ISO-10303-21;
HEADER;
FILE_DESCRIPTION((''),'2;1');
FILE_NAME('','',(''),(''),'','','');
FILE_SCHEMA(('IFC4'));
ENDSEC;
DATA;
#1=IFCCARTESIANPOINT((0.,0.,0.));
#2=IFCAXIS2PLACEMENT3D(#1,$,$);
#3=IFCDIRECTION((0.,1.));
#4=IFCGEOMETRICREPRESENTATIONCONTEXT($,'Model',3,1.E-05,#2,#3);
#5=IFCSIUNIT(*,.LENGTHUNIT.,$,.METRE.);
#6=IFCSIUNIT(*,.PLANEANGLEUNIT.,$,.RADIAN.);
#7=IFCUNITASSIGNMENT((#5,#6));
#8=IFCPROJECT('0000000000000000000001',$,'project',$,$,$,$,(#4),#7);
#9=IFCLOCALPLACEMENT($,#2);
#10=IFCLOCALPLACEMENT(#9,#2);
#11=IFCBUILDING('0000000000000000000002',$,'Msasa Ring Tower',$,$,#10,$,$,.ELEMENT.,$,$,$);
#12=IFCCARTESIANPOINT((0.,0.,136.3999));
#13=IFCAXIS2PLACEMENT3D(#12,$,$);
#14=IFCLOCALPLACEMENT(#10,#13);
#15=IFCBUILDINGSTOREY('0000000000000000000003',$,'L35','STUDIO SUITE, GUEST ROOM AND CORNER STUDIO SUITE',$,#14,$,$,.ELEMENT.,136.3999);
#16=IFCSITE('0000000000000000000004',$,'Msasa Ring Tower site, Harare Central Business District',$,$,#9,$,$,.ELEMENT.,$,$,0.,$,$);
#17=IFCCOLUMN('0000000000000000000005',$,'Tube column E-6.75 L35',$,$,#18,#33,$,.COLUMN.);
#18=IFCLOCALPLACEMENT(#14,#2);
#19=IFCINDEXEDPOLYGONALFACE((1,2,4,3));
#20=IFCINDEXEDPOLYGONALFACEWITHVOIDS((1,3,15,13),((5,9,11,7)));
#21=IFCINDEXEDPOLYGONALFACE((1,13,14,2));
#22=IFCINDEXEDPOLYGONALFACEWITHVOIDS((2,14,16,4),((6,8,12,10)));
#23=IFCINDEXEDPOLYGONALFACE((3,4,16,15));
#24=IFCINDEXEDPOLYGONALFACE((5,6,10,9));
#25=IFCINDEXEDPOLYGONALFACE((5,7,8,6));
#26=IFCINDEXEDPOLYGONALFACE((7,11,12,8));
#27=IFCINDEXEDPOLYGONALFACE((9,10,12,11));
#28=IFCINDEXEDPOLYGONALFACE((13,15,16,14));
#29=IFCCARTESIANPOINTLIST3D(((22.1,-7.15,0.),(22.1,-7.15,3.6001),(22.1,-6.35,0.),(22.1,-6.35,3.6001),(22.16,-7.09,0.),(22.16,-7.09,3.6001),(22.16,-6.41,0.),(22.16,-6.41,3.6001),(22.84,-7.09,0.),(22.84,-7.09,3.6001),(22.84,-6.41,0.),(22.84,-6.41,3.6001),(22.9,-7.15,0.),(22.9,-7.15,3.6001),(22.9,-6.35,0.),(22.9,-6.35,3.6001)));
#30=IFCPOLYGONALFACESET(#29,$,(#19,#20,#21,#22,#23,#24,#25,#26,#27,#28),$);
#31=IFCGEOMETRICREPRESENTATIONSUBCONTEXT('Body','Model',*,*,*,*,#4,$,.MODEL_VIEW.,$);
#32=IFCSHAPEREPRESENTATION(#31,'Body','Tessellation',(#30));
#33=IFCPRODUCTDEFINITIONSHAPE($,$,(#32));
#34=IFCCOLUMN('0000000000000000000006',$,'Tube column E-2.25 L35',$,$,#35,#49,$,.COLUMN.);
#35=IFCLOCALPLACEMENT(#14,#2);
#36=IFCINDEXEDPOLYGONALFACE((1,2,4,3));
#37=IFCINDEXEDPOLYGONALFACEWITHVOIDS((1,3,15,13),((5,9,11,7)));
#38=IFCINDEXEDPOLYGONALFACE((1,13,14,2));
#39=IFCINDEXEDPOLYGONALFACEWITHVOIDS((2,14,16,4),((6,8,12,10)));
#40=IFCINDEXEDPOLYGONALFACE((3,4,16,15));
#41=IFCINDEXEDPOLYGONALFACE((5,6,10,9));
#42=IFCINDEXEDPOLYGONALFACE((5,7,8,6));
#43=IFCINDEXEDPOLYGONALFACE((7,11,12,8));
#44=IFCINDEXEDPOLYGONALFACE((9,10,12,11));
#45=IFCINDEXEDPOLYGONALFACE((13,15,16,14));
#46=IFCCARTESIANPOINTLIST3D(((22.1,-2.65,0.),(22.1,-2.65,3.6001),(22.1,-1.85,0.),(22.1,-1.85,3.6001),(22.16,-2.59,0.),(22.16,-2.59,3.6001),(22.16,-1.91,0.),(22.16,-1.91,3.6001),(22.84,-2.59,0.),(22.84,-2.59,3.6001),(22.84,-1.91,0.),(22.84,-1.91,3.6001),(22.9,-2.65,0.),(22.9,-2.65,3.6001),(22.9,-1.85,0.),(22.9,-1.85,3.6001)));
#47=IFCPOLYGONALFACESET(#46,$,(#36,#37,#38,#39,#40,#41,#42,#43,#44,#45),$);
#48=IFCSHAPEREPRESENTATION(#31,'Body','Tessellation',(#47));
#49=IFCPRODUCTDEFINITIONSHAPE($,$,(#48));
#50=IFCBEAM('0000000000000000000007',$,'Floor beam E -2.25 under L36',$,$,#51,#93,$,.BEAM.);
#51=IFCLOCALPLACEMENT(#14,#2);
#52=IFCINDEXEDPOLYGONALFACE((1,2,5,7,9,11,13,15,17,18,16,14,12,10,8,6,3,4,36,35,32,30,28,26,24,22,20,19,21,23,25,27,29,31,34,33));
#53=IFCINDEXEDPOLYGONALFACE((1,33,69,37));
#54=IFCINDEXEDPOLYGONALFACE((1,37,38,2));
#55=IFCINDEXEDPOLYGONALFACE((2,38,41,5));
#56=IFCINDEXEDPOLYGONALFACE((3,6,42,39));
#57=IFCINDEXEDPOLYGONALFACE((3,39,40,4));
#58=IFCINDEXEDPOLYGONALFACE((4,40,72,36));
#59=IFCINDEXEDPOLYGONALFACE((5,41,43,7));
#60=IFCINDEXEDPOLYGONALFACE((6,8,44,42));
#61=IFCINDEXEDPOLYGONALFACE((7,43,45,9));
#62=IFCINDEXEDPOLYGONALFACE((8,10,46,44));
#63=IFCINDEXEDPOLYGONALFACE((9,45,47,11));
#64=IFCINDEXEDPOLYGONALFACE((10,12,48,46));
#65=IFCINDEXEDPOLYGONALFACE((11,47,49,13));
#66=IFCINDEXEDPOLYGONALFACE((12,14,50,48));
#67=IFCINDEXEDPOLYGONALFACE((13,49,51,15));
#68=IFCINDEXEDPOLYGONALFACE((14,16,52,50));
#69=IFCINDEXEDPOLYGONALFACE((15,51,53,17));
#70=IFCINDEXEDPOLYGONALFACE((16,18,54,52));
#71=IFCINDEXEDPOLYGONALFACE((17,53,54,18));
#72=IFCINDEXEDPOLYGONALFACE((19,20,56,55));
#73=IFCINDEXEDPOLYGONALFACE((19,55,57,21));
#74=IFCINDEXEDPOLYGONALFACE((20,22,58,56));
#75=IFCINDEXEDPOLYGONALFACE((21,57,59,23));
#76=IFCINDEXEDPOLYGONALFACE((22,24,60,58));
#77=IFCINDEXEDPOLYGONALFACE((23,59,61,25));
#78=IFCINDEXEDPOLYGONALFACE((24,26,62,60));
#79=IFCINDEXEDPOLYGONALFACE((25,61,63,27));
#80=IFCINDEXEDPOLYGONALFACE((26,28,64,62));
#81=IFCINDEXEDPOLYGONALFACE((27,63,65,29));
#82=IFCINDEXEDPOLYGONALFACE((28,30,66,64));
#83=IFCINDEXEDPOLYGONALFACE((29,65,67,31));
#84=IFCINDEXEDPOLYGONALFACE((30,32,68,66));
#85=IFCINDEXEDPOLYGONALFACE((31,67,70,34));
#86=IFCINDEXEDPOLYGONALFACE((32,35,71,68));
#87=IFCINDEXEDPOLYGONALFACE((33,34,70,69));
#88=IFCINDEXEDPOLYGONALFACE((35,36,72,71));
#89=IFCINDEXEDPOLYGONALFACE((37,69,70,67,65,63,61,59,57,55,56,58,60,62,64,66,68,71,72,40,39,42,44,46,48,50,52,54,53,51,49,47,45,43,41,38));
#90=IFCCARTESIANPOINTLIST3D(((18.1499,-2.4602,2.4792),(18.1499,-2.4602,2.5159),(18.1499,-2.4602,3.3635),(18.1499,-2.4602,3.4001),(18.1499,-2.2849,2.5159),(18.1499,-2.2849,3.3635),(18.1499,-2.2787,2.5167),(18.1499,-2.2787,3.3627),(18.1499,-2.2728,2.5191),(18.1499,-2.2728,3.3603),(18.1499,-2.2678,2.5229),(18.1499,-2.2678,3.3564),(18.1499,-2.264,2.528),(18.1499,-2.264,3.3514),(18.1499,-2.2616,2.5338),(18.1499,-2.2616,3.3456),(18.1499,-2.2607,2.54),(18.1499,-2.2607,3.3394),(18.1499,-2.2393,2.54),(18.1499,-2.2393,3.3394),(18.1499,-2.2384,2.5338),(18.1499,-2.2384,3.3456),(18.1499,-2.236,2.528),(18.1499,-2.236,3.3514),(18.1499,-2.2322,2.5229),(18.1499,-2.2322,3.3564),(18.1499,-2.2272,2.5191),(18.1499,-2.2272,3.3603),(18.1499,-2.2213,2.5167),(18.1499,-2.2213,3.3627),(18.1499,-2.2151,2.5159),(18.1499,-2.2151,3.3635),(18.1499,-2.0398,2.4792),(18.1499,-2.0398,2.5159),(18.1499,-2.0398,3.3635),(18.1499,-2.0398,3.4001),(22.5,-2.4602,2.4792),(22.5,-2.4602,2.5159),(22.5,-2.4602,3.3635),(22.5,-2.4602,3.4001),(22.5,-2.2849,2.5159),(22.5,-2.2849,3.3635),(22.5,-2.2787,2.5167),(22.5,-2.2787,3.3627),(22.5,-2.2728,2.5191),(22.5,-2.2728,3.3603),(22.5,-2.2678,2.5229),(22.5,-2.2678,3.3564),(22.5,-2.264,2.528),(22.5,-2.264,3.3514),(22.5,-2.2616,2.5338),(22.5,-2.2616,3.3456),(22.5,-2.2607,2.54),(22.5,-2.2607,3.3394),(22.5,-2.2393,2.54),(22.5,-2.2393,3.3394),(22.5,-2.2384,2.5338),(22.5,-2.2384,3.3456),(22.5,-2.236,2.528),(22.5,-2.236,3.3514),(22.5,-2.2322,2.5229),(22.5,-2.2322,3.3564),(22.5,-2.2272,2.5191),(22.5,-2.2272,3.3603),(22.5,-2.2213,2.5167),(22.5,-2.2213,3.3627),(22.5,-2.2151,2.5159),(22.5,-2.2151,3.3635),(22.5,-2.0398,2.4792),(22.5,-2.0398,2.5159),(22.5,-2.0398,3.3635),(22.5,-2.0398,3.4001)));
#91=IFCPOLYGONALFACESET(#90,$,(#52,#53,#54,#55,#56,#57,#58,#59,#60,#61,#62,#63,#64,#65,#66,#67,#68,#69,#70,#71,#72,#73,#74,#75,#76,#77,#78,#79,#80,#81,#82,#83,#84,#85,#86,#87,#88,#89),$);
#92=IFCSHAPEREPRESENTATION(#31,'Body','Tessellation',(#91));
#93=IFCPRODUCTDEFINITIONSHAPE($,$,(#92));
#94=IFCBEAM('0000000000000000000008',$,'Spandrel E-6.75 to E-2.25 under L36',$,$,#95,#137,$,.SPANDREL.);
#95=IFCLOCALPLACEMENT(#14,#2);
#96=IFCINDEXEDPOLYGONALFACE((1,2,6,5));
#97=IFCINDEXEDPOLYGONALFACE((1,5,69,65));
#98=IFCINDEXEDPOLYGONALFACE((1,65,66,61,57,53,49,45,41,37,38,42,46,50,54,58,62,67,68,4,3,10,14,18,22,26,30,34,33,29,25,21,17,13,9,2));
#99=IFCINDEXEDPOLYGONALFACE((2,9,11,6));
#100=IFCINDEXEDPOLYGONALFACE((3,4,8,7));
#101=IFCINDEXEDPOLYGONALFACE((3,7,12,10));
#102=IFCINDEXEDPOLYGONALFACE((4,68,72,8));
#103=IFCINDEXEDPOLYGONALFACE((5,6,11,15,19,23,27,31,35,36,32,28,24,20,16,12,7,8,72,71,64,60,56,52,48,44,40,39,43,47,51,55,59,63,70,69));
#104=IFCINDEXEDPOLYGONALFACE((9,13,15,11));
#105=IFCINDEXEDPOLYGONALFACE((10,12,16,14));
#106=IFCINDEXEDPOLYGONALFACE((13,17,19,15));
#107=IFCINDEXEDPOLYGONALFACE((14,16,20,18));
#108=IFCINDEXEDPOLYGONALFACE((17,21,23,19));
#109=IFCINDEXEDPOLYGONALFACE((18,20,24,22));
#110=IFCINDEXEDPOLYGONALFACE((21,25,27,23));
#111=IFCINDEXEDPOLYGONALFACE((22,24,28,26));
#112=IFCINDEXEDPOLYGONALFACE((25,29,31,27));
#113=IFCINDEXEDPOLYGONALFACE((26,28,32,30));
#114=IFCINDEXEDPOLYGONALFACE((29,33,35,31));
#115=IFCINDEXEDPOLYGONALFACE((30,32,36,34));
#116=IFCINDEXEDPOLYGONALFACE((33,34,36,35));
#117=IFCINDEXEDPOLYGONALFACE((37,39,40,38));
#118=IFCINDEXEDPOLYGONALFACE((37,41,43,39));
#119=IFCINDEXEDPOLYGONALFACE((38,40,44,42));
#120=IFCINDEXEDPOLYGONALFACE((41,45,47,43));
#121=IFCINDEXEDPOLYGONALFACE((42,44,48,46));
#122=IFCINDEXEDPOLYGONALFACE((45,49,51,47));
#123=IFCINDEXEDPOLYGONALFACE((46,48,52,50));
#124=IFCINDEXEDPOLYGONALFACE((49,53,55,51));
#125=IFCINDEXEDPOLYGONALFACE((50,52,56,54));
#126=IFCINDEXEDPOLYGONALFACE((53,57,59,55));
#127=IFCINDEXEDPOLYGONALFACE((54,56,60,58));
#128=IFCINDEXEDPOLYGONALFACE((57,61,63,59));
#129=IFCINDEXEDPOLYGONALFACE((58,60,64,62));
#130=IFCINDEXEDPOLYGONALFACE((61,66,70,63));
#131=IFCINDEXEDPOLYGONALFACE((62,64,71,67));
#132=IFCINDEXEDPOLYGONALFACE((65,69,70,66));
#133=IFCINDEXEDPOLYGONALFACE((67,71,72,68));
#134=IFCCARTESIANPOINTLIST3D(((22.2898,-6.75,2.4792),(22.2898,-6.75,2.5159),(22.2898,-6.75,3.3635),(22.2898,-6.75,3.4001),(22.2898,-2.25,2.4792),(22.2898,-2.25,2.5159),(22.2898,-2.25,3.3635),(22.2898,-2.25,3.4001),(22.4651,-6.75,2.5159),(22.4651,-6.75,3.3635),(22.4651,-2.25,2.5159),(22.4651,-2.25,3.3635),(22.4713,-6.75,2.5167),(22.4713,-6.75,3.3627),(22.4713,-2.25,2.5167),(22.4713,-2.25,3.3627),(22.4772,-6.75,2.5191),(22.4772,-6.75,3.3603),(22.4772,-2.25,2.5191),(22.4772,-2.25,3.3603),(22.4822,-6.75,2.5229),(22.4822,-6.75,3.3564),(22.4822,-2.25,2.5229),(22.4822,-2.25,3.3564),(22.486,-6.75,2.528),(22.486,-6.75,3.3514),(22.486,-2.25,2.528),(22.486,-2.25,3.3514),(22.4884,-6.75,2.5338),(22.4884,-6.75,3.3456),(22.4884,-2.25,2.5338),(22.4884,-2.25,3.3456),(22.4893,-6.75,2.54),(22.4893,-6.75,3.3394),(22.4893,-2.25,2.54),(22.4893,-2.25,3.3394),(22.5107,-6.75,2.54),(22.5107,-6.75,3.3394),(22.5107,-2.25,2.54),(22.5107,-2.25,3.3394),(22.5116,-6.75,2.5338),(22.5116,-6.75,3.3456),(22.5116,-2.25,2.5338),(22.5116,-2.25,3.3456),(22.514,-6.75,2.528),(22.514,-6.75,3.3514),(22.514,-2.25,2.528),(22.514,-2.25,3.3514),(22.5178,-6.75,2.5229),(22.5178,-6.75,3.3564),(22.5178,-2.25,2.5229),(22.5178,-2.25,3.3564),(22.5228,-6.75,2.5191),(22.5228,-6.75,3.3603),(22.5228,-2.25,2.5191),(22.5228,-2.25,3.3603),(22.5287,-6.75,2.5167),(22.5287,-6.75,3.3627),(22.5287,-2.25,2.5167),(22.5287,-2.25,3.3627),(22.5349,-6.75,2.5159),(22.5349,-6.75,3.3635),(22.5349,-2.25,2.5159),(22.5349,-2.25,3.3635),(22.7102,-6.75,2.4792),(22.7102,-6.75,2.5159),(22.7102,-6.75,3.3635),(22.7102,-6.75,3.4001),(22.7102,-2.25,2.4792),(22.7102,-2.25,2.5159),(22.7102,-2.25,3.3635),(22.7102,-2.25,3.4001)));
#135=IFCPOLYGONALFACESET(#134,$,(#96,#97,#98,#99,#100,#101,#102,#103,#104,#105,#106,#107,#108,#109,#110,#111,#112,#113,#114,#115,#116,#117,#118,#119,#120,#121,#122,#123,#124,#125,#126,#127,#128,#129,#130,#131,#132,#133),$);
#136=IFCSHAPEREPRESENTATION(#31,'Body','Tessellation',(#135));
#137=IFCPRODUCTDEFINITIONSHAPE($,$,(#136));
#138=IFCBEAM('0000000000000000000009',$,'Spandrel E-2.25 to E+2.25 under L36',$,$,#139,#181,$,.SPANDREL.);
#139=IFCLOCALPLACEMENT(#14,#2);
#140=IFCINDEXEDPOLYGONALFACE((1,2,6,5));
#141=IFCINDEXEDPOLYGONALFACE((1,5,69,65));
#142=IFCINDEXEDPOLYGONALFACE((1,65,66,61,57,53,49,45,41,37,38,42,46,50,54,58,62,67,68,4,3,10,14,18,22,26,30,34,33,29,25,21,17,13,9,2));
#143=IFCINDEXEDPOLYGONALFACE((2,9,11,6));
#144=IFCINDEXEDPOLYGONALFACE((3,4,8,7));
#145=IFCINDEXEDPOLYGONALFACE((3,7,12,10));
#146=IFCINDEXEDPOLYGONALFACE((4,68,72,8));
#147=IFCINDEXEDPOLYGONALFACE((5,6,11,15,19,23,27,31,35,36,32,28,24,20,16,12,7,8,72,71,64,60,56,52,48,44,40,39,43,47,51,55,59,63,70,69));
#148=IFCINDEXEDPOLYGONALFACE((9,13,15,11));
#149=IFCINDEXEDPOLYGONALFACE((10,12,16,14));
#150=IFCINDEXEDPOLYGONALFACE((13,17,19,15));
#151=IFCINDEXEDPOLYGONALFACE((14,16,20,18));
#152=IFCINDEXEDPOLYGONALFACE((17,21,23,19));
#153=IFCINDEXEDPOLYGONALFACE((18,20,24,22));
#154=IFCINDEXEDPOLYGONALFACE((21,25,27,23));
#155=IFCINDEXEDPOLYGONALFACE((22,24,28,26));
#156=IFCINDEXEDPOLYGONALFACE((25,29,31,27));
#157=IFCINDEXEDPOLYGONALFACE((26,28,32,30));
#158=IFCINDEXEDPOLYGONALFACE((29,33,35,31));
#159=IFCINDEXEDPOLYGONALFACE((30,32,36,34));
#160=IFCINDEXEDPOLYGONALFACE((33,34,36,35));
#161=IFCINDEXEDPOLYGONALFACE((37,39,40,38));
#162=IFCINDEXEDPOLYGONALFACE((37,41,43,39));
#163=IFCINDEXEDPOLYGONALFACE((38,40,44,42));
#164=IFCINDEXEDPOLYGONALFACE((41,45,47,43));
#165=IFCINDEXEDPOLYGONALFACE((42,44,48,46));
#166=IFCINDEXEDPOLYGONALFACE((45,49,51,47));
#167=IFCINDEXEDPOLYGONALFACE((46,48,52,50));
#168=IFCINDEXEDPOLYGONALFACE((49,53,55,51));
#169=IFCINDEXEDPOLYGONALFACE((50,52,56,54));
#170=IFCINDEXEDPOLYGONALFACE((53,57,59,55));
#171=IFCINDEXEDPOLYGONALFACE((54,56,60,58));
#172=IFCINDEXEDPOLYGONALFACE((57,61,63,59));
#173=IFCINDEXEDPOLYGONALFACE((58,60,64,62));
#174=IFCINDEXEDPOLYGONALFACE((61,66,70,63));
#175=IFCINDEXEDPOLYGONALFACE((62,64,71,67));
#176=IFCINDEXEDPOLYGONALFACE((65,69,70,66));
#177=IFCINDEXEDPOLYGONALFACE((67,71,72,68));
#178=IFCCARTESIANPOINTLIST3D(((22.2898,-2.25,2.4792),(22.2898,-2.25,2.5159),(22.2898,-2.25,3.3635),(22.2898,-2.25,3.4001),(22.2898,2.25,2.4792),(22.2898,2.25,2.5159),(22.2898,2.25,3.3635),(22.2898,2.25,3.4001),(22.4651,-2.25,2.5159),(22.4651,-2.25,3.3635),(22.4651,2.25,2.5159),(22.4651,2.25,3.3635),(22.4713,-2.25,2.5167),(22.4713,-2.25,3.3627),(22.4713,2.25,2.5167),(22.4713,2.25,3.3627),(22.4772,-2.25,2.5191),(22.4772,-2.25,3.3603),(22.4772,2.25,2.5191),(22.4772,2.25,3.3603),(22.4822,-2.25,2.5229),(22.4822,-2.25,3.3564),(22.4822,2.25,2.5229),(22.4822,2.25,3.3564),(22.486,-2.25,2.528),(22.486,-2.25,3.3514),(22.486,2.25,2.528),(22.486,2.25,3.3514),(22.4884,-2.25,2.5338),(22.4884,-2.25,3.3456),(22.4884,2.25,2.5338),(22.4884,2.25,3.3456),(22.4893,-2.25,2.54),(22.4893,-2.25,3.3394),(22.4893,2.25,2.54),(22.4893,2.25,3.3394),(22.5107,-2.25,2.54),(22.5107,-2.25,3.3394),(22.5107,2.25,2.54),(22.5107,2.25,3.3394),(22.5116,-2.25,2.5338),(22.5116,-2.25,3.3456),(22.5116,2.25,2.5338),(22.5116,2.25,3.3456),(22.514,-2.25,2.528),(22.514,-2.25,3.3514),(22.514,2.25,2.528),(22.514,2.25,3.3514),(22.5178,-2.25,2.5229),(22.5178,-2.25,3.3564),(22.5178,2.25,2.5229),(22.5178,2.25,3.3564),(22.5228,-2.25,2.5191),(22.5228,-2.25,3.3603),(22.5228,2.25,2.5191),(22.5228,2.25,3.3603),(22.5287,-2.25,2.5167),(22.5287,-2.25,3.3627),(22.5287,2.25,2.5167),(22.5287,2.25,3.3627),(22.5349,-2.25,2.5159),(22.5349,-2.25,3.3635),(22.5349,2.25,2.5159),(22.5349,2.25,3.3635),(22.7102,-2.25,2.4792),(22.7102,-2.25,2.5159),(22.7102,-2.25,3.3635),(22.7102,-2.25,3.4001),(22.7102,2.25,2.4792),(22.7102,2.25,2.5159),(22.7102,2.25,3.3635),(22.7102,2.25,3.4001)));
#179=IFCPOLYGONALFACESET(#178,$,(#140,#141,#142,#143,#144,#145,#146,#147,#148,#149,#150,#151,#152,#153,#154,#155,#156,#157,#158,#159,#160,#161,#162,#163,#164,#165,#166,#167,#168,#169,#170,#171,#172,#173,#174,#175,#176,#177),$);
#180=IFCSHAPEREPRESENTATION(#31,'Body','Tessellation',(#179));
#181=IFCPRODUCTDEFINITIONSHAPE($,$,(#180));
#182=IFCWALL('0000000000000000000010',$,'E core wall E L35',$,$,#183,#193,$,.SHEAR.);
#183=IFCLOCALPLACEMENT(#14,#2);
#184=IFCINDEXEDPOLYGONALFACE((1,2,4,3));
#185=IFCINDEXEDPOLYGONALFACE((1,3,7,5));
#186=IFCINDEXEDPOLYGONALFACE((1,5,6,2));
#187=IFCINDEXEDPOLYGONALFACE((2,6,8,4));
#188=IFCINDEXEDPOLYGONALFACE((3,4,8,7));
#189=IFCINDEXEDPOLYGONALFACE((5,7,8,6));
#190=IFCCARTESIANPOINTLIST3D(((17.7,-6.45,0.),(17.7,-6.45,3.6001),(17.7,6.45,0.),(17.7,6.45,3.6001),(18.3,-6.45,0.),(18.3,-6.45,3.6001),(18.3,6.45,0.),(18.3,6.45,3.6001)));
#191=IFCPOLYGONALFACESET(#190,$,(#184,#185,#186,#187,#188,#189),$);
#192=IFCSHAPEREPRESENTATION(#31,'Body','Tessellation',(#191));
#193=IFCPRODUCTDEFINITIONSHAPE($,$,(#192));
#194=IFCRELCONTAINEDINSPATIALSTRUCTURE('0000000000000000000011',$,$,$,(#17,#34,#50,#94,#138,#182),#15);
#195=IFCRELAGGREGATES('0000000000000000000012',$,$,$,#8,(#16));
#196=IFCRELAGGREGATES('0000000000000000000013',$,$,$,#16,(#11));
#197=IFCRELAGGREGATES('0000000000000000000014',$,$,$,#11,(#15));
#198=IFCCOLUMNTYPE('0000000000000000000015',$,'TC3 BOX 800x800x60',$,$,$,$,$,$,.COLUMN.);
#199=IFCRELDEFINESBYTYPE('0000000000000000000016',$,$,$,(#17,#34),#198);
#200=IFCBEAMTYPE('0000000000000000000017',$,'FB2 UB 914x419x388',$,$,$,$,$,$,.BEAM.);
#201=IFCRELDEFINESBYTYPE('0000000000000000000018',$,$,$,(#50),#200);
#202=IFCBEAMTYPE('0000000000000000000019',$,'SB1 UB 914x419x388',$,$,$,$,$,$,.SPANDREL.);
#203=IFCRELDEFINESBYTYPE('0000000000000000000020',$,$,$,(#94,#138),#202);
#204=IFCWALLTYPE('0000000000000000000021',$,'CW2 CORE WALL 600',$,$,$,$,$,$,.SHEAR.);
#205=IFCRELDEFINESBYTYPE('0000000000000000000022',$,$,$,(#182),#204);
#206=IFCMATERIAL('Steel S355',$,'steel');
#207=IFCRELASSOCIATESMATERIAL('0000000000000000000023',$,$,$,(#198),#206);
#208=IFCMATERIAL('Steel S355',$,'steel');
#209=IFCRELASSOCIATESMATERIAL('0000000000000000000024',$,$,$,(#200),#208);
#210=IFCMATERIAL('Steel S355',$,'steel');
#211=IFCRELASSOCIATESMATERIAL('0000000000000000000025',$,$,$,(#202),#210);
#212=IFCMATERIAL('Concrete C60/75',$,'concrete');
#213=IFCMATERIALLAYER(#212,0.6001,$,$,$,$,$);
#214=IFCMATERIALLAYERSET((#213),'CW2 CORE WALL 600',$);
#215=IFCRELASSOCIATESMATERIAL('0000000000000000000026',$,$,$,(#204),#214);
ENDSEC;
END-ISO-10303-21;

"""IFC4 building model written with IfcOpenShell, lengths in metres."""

from ifc_helpers import new_model, si_unit, direction, frame, frame_2d, origin, origin_2d, place, context, subcontext, project, spatial, rectangle, hollow_rectangle, i_section, extrude, material, layer, layer_set, material_profile, profile_set, type_object, element, save


model = new_model("IFC4")

# Units and contexts
model_context = context("Model", 3, precision=1e-05, world=origin(), true_north=direction((0.0, 1.0)))
body_context = subcontext(model_context, "Body", "Model", "MODEL_VIEW")
ifc_project = project(units=[si_unit("LENGTHUNIT", "METRE"), si_unit("PLANEANGLEUNIT", "RADIAN")], contexts=[model_context])

# Site, building, storey
site_placement = place(None, origin())
site = spatial("IfcSite", under=ifc_project, at=site_placement, Name="Msasa Ring Tower site, Harare Central Business District", CompositionType="ELEMENT", RefElevation=0.0)
building_placement = place(site_placement, origin())
building = spatial("IfcBuilding", under=site, at=building_placement, Name="Msasa Ring Tower", CompositionType="ELEMENT")
storey_placement = place(building_placement, frame((0.0, 0.0, 136.3999)))
storey = spatial("IfcBuildingStorey", under=building, at=storey_placement, Name="L35", Description="STUDIO SUITE, GUEST ROOM AND CORNER STUDIO SUITE", CompositionType="ELEMENT", Elevation=136.3999)

# Columns
ifc_material_1 = material(Name="Steel S355", Category="steel")
ifc_material_profile_1 = material_profile(ifc_material_1, hollow_rectangle(XDim=0.8, YDim=0.8, WallThickness=0.0601, at=origin_2d()), Name="BOX 800x800x60")
ifc_profile_set_1 = profile_set([ifc_material_profile_1], Name="Steel S355")
column_type = type_object("IfcColumnType", Name="TC3 BOX 800x800x60", PredefinedType="COLUMN", material=ifc_profile_set_1)
for number, where, z_axis, x_axis, name in (
    (1, (22.5, -6.75, 0.0), (0.0, 0.0, 1.0), (1.0, 0.0, 0.0), "Tube column E-6.75 L35"),
    (2, (22.5, -2.25, 0.0), (0.0, 0.0, 1.0), (1.0, 0.0, 0.0), "Tube column E-2.25 L35"),
):
    element("IfcColumn", number, at=place(storey_placement, frame(where, z_axis=z_axis, x_axis=x_axis)), inside=storey, type_object=column_type, Name=name, PredefinedType="COLUMN", context=body_context, shape_type="SweptSolid", body=[
        extrude(hollow_rectangle(XDim=0.8, YDim=0.8, WallThickness=0.0601, at=origin_2d()), origin(), (0.0, 0.0, 1.0), 3.6001),
    ])

# Beams
ifc_material_2 = material(Name="Steel S355", Category="steel")
ifc_material_profile_2 = material_profile(ifc_material_2, i_section(OverallWidth=0.4204, OverallDepth=0.9209, WebThickness=0.0215, FlangeThickness=0.0366, FilletRadius=0.0242, at=origin_2d()), Name="UB 914x419x388")
ifc_profile_set_2 = profile_set([ifc_material_profile_2], Name="Steel S355")
beam_type_1 = type_object("IfcBeamType", Name="FB2 UB 914x419x388", PredefinedType="BEAM", material=ifc_profile_set_2)
beam_placement = place(storey_placement, frame((22.5, -2.25, 2.9397), z_axis=(-1.0, 0.0, 0.0), x_axis=(0.0, -1.0, 0.0)))
element("IfcBeam", 3, at=beam_placement, inside=storey, type_object=beam_type_1, Name="Floor beam E -2.25 under L36", PredefinedType="BEAM", context=body_context, shape_type="SweptSolid", body=[
    extrude(i_section(OverallWidth=0.4204, OverallDepth=0.9209, WebThickness=0.0215, FlangeThickness=0.0366, FilletRadius=0.0242, at=origin_2d()), origin(), (0.0, 0.0, 1.0), 4.3501),
])
ifc_material_3 = material(Name="Steel S355", Category="steel")
ifc_material_profile_3 = material_profile(ifc_material_3, i_section(OverallWidth=0.4204, OverallDepth=0.9209, WebThickness=0.0215, FlangeThickness=0.0366, FilletRadius=0.0242, at=origin_2d()), Name="UB 914x419x388")
ifc_profile_set_3 = profile_set([ifc_material_profile_3], Name="Steel S355")
beam_type_2 = type_object("IfcBeamType", Name="SB1 UB 914x419x388", PredefinedType="SPANDREL", material=ifc_profile_set_3)
for number, where, z_axis, x_axis, name in (
    (4, (22.5, -6.75, 2.9397), (0.0, 1.0, 0.0), (-1.0, 0.0, 0.0), "Spandrel E-6.75 to E-2.25 under L36"),
    (5, (22.5, -2.25, 2.9397), (0.0, 1.0, 0.0), (-1.0, 0.0, 0.0), "Spandrel E-2.25 to E+2.25 under L36"),
):
    element("IfcBeam", number, at=place(storey_placement, frame(where, z_axis=z_axis, x_axis=x_axis)), inside=storey, type_object=beam_type_2, Name=name, PredefinedType="SPANDREL", context=body_context, shape_type="SweptSolid", body=[
        extrude(i_section(OverallWidth=0.4204, OverallDepth=0.9209, WebThickness=0.0215, FlangeThickness=0.0366, FilletRadius=0.0242, at=origin_2d()), origin(), (0.0, 0.0, 1.0), 4.5),
    ])

# Wall
ifc_material_4 = material(Name="Concrete C60/75", Category="concrete")
ifc_layer_1 = layer(ifc_material_4, 0.6001)
ifc_layer_set_1 = layer_set([ifc_layer_1], Name="CW2 CORE WALL 600")
wall_type_1 = type_object("IfcWallType", Name="CW2 CORE WALL 600", PredefinedType="SHEAR", material=ifc_layer_set_1)
wall_1_placement = place(storey_placement, frame((18.0, -6.45, 0.0), z_axis=(0.0, 0.0, 1.0), x_axis=(0.0, 1.0, 0.0)))
element("IfcWall", 6, at=wall_1_placement, inside=storey, type_object=wall_type_1, Name="E core wall E L35", PredefinedType="SHEAR", context=body_context, shape_type="SweptSolid", body=[
    extrude(rectangle(XDim=12.8999, YDim=0.6001, at=frame_2d((6.45, 0.0))), origin(), (0.0, 0.0, 1.0), 3.6001),
])

save(model, "model.ifc")
